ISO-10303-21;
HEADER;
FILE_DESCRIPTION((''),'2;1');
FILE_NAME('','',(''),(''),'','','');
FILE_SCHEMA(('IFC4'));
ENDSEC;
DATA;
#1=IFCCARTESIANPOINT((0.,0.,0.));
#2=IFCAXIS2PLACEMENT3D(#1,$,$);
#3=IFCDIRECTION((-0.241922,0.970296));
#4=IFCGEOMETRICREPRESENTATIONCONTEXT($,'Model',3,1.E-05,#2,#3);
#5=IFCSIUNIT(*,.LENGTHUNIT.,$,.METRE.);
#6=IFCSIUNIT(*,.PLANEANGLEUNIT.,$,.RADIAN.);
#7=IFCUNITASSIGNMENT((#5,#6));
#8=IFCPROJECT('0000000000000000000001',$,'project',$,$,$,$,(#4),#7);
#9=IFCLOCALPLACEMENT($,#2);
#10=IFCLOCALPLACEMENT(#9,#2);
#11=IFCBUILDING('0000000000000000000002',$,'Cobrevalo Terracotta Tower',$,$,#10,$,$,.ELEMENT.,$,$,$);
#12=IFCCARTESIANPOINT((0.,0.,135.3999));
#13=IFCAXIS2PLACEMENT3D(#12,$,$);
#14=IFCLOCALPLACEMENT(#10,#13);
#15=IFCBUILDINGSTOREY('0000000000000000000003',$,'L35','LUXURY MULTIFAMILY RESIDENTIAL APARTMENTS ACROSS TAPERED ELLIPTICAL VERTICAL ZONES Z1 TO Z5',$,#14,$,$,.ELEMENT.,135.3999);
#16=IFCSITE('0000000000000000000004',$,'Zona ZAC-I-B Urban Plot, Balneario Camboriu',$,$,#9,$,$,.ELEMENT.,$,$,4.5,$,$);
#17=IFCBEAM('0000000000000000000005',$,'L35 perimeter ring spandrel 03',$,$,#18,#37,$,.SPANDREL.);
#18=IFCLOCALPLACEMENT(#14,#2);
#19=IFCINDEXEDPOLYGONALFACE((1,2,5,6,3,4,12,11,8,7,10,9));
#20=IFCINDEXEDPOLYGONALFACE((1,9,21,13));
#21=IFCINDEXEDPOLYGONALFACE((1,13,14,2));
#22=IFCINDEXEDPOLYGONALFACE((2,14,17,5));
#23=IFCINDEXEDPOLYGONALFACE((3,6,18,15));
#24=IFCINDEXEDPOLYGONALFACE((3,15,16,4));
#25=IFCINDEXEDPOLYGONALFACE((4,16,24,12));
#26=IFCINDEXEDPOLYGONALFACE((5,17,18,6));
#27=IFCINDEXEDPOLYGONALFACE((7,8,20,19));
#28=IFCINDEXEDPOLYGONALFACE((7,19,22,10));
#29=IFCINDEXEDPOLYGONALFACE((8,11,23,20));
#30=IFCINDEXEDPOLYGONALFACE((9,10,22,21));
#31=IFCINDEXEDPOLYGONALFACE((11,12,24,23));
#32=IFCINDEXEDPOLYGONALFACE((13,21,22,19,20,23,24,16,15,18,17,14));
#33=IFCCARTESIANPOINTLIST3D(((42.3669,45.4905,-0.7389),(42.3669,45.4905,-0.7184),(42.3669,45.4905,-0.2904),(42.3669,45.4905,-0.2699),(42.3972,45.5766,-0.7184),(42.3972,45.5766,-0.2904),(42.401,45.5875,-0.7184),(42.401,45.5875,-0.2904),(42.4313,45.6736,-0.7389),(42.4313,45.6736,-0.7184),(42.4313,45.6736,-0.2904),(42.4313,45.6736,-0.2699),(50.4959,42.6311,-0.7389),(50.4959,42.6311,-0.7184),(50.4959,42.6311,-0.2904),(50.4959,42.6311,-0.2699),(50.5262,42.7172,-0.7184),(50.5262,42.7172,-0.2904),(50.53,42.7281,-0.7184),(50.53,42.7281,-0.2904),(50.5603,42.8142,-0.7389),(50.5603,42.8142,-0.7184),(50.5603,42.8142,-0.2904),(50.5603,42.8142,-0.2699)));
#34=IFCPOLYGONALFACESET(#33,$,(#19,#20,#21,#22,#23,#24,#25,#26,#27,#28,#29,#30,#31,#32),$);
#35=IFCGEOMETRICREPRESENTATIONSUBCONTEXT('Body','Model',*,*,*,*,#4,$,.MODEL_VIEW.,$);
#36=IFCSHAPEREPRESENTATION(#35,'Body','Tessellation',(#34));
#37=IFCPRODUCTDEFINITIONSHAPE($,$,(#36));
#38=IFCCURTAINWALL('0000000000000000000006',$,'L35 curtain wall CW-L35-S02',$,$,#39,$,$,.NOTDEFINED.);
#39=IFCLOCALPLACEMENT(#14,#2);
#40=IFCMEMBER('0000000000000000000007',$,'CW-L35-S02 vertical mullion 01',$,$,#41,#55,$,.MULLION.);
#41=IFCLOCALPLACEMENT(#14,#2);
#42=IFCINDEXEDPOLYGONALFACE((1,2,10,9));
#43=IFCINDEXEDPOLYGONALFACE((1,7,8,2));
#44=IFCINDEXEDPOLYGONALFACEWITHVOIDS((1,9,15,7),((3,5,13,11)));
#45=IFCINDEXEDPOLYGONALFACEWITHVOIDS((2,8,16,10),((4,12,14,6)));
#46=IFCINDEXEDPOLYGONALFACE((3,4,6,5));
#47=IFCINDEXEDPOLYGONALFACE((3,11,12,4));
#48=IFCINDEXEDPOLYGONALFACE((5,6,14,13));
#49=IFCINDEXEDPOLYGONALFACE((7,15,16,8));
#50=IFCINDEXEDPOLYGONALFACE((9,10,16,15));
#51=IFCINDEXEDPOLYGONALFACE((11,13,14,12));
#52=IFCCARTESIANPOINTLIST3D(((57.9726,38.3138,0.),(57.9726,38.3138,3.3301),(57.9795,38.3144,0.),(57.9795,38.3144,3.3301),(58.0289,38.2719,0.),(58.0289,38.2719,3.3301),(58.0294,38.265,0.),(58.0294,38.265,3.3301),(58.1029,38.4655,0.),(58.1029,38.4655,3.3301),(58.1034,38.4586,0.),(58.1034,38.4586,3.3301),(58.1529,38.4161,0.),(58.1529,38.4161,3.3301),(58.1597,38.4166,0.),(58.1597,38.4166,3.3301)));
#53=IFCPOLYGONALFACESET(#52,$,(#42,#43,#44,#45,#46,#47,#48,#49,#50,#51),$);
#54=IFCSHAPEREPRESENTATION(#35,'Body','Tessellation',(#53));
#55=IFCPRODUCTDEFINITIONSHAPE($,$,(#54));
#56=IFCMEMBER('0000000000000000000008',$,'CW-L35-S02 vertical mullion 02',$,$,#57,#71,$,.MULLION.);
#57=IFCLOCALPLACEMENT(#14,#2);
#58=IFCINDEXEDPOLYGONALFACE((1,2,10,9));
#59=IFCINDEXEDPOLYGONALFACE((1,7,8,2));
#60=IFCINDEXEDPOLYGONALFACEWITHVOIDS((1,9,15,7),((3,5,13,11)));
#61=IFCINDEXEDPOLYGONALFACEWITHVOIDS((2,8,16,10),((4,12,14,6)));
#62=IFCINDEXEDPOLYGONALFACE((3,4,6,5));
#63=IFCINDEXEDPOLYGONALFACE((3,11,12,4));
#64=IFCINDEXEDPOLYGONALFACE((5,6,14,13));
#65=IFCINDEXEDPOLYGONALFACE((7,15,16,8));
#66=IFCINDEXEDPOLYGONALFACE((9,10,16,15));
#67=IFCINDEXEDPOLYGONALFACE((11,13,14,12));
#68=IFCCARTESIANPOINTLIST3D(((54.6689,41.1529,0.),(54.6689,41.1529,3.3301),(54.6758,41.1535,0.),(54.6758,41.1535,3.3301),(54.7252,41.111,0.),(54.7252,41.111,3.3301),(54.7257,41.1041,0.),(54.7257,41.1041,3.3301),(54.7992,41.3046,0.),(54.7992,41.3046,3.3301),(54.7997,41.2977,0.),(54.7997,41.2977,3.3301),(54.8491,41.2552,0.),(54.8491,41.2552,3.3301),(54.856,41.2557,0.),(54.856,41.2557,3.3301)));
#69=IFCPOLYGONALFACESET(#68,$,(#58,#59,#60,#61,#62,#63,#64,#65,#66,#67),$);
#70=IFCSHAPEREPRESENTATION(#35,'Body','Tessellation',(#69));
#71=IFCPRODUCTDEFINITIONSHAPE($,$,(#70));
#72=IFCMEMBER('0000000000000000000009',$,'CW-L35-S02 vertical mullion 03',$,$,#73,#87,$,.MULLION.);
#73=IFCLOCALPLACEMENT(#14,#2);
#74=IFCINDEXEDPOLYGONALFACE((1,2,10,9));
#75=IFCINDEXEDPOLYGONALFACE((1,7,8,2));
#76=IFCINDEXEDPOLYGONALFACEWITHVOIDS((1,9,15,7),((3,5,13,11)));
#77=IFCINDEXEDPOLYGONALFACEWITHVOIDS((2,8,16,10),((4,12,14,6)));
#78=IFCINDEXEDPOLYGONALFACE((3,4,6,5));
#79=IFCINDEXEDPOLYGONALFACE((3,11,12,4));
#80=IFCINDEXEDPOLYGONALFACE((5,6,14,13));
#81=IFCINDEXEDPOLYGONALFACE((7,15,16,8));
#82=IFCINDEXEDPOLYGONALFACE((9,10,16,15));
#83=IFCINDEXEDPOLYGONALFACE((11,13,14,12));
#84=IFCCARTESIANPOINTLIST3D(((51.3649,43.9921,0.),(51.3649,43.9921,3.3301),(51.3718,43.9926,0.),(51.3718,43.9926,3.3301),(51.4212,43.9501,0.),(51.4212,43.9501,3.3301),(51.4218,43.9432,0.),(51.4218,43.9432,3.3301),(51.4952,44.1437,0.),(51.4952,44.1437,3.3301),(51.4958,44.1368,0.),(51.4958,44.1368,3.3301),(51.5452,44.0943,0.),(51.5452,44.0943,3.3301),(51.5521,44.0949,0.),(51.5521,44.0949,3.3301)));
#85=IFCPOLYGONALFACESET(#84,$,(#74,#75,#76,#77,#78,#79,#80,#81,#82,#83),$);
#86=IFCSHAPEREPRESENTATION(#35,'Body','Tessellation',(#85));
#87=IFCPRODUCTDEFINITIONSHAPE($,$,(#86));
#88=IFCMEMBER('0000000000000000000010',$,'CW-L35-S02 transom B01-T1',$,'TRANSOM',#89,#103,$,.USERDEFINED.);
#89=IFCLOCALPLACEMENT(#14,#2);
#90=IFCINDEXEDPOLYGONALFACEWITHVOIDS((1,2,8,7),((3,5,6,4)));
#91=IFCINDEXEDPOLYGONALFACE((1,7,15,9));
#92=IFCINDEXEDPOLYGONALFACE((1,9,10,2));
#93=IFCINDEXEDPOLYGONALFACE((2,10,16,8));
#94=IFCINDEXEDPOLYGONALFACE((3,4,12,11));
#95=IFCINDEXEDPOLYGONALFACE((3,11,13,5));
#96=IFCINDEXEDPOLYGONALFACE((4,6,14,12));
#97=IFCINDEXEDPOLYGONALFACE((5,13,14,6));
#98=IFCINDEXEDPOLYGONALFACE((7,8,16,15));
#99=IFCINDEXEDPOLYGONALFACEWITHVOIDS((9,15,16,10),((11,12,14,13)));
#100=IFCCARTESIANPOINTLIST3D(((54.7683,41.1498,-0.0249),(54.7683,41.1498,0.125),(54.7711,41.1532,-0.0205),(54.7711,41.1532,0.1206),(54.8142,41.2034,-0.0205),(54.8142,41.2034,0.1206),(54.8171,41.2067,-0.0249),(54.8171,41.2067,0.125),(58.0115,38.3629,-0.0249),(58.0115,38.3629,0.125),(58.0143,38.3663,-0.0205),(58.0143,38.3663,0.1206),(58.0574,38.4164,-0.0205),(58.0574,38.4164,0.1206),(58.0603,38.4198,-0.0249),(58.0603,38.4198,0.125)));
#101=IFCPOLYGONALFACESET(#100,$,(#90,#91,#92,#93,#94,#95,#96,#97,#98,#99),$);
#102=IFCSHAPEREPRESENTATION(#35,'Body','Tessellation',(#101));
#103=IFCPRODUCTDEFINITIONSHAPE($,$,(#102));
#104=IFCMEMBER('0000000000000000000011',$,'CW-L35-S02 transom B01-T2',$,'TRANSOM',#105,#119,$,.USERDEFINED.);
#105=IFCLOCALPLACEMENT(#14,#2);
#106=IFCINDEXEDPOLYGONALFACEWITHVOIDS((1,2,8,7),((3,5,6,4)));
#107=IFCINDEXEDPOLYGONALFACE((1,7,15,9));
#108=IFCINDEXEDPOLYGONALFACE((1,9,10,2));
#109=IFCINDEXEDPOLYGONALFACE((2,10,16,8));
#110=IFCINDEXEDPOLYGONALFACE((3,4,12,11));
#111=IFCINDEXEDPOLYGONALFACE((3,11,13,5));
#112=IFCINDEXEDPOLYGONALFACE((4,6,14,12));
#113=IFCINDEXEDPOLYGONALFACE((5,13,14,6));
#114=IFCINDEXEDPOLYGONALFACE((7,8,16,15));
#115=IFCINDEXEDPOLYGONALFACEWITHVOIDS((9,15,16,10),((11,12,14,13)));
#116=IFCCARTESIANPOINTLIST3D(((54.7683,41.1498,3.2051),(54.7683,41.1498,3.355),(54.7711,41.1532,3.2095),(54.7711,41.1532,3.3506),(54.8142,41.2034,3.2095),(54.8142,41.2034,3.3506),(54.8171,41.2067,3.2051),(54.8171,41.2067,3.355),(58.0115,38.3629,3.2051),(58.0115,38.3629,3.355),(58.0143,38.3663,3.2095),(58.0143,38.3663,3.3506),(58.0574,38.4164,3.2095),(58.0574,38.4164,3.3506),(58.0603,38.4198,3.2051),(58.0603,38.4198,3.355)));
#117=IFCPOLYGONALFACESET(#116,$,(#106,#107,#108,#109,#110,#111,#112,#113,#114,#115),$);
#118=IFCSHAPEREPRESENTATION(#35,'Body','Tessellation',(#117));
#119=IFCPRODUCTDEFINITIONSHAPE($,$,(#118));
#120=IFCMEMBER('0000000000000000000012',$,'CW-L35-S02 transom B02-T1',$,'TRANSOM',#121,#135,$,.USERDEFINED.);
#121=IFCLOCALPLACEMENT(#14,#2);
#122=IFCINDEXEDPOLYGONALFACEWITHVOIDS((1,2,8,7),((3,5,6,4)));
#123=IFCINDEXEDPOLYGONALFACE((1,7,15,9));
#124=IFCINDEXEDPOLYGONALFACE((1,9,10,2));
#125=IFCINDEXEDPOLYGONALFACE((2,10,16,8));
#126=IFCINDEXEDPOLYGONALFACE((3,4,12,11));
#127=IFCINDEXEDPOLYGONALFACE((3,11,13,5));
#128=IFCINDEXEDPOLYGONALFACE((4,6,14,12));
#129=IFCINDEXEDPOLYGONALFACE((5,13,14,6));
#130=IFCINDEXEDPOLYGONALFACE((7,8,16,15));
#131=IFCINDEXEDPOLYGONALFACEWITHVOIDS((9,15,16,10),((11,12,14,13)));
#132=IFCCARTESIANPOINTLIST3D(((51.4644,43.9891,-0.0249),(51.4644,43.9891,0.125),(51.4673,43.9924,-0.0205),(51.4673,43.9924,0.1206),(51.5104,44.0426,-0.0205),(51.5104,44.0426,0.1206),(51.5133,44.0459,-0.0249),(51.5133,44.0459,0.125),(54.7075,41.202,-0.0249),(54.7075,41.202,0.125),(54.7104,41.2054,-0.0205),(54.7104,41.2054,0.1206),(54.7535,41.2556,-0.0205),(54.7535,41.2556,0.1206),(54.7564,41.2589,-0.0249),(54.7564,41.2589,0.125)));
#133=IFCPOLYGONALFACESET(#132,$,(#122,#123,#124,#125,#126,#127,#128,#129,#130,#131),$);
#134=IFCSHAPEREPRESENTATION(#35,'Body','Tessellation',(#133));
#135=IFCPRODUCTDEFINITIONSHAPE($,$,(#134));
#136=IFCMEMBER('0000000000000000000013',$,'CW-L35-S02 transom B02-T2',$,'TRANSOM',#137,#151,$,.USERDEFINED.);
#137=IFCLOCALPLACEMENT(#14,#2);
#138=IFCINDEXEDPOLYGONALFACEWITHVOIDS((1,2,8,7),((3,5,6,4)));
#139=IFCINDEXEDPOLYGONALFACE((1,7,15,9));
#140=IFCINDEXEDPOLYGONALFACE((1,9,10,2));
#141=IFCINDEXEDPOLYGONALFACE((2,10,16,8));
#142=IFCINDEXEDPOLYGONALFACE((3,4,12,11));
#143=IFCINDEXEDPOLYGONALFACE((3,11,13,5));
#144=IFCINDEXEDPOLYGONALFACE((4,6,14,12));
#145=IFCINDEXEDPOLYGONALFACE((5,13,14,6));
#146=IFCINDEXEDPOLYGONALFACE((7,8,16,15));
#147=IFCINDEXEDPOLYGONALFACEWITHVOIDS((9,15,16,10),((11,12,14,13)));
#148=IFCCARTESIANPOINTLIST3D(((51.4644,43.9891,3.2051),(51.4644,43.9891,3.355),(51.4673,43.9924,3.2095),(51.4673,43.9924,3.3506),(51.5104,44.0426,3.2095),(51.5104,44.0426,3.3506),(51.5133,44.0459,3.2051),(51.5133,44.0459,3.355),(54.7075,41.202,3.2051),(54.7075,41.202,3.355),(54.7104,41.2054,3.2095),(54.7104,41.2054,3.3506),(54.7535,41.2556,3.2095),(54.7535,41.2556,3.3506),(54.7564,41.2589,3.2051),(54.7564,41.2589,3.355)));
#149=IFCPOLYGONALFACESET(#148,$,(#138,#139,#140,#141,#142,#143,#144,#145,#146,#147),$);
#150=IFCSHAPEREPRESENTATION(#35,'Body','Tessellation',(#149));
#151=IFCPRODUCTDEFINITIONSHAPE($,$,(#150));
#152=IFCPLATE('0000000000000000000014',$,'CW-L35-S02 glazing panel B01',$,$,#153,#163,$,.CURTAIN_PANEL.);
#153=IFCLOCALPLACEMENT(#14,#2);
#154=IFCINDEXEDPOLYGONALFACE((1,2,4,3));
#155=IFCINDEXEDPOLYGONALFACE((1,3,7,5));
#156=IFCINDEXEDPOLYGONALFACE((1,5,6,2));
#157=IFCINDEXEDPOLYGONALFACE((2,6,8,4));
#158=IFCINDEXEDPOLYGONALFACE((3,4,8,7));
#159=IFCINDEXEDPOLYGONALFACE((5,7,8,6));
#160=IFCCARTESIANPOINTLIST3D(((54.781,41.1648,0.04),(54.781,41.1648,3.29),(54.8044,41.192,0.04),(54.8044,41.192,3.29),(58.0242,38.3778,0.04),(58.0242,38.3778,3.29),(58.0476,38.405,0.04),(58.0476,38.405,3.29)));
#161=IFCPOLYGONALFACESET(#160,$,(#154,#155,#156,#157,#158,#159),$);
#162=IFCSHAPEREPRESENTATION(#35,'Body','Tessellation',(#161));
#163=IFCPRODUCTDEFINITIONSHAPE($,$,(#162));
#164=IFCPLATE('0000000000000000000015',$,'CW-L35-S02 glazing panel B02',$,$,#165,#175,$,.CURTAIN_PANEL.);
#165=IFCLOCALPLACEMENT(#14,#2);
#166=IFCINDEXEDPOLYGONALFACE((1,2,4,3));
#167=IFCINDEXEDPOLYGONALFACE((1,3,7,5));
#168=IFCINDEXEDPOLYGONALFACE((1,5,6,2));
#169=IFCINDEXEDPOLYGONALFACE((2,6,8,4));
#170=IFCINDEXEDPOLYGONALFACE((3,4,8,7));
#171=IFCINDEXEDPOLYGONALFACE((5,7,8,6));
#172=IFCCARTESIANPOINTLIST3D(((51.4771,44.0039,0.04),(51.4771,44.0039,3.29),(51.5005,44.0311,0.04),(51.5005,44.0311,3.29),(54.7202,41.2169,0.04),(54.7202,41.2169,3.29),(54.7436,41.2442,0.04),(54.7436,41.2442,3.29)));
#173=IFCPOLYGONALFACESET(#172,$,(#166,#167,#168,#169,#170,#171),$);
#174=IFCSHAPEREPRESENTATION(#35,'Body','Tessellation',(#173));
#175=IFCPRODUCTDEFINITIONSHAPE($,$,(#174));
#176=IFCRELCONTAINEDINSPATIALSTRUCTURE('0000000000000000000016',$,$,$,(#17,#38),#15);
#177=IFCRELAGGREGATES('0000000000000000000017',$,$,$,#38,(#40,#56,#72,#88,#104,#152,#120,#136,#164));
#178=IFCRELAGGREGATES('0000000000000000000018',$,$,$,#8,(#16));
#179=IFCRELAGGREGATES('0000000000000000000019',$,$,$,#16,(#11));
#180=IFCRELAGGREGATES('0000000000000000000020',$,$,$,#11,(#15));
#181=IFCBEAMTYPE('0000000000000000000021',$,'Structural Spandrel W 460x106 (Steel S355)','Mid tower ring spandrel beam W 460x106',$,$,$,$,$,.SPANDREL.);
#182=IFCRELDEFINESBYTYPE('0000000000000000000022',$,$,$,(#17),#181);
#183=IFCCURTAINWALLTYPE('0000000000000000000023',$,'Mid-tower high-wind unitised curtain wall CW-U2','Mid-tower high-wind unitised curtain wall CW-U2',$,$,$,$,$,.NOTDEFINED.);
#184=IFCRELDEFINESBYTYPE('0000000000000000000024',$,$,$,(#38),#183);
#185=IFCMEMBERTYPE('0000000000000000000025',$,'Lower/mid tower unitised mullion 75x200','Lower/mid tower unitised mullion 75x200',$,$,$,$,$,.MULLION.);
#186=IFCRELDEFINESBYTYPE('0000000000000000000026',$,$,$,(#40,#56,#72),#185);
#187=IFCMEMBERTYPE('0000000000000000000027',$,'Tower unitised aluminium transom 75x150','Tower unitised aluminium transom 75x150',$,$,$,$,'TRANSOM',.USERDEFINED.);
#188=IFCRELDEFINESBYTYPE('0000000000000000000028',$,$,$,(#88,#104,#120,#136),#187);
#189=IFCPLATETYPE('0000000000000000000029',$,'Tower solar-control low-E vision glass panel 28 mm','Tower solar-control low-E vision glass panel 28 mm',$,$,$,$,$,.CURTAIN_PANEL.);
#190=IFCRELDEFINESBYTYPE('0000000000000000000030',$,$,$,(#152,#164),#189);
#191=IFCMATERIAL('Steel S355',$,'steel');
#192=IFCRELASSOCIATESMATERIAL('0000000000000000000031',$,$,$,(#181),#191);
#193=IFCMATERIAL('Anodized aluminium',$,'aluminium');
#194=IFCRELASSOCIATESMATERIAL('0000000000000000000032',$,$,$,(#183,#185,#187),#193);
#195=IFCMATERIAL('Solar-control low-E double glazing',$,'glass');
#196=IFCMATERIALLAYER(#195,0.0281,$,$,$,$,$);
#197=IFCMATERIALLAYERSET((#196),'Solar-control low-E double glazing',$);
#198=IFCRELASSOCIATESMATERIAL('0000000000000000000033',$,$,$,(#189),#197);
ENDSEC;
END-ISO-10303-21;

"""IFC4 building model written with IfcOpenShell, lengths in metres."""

from ifc_helpers import new_model, si_unit, direction, frame, origin, origin_2d, place, context, subcontext, project, spatial, rectangle, hollow_rectangle, i_section, extrude, source, transform, mapped, material, layer, layer_set, material_profile, profile_set, type_object, element, aggregate, save


model = new_model("IFC4")

# Units and contexts
model_context = context("Model", 3, precision=1e-05, world=origin(), true_north=direction((-0.241922, 0.970296)))
body_context = subcontext(model_context, "Body", "Model", "MODEL_VIEW")
ifc_project = project(units=[si_unit("LENGTHUNIT", "METRE"), si_unit("PLANEANGLEUNIT", "RADIAN")], contexts=[model_context])

# Site, building, storey
site_placement = place(None, origin())
site = spatial("IfcSite", under=ifc_project, at=site_placement, Name="Zona ZAC-I-B Urban Plot, Balneario Camboriu", CompositionType="ELEMENT", RefElevation=4.5)
building_placement = place(site_placement, origin())
building = spatial("IfcBuilding", under=site, at=building_placement, Name="Cobrevalo Terracotta Tower", CompositionType="ELEMENT")
storey_placement = place(building_placement, frame((0.0, 0.0, 135.3999)))
storey = spatial("IfcBuildingStorey", under=building, at=storey_placement, Name="L35", Description="LUXURY MULTIFAMILY RESIDENTIAL APARTMENTS ACROSS TAPERED ELLIPTICAL VERTICAL ZONES Z1 TO Z5", CompositionType="ELEMENT", Elevation=135.3999)

# Shared definitions
ifc_material_1 = material(Name="Steel S355", Category="steel")

# Beam
ifc_material_profile_1 = material_profile(ifc_material_1, i_section(OverallWidth=0.1941, OverallDepth=0.469, WebThickness=0.0115, FlangeThickness=0.0205, at=origin_2d()), Name="W 460x106")
ifc_profile_set_1 = profile_set([ifc_material_profile_1], Name="Steel S355")
beam_type_1 = type_object("IfcBeamType", Name="Structural Spandrel W 460x106 (Steel S355)", Description="Mid tower ring spandrel beam W 460x106", PredefinedType="SPANDREL", material=ifc_profile_set_1)
beam_1_placement = place(storey_placement, frame((50.5281, 42.7227, -0.5044), z_axis=(-0.943341, 0.331824, 0.0), x_axis=(-0.331824, -0.943341, 0.0)))
element("IfcBeam", 1, at=beam_1_placement, inside=storey, type_object=beam_type_1, Name="L35 perimeter ring spandrel 03", PredefinedType="SPANDREL", context=body_context, shape_type="SweptSolid", body=[
    extrude(i_section(OverallWidth=0.1941, OverallDepth=0.469, WebThickness=0.0115, FlangeThickness=0.0205, at=origin_2d()), origin(), (0.0, 0.0, 1.0), 8.6172),
])

# Curtain wall, members, plates
ifc_material_2 = material(Name="Anodized aluminium", Category="aluminium")
curtain_wall_type = type_object("IfcCurtainWallType", Name="Mid-tower high-wind unitised curtain wall CW-U2", Description="Mid-tower high-wind unitised curtain wall CW-U2", PredefinedType="NOTDEFINED", material=ifc_material_2)
curtain_wall_placement = place(storey_placement, origin())
curtain_wall = element("IfcCurtainWall", 2, at=curtain_wall_placement, inside=storey, type_object=curtain_wall_type, Name="L35 curtain wall CW-L35-S02", PredefinedType="NOTDEFINED")
ifc_material_profile_2 = material_profile(ifc_material_2, hollow_rectangle(XDim=0.075, YDim=0.2, WallThickness=0.0049, at=origin_2d()), Name="CWM 75x200")
ifc_profile_set_2 = profile_set([ifc_material_profile_2], Name="Anodized aluminium")
member_type_1 = type_object("IfcMemberType", Name="Lower/mid tower unitised mullion 75x200", Description="Lower/mid tower unitised mullion 75x200", PredefinedType="MULLION", material=ifc_profile_set_2)
shared_shape_1 = source(origin(), body_context, "Body", "SweptSolid", [
    extrude(hollow_rectangle(XDim=0.075, YDim=0.2, WallThickness=0.0049, at=origin_2d()), origin(), (0.0, 0.0, 1.0), 3.3301),
])
member_1_placement = place(storey_placement, frame((58.0662, 38.3652, 0.0), z_axis=(0.0, 0.0, 1.0), x_axis=(-0.758442, 0.651741, 0.0)))
member_1 = element("IfcMember", 3, at=member_1_placement, type_object=member_type_1, Name="CW-L35-S02 vertical mullion 01", PredefinedType="MULLION", context=body_context, shape_type="MappedRepresentation", body=[
    mapped(shared_shape_1, transform((0.0, 0.0, 0.0), scale=1.0)),
])
member_2_placement = place(storey_placement, frame((54.7625, 41.2043, 0.0), z_axis=(0.0, 0.0, 1.0), x_axis=(-0.758442, 0.651741, 0.0)))
member_2 = element("IfcMember", 4, at=member_2_placement, type_object=member_type_1, Name="CW-L35-S02 vertical mullion 02", PredefinedType="MULLION", context=body_context, shape_type="MappedRepresentation", body=[
    mapped(shared_shape_1, transform((0.0, 0.0, 0.0), scale=1.0)),
])
member_3_placement = place(storey_placement, frame((51.4585, 44.0435, 0.0), z_axis=(0.0, 0.0, 1.0), x_axis=(-0.758442, 0.651741, 0.0)))
member_3 = element("IfcMember", 5, at=member_3_placement, type_object=member_type_1, Name="CW-L35-S02 vertical mullion 03", PredefinedType="MULLION", context=body_context, shape_type="MappedRepresentation", body=[
    mapped(shared_shape_1, transform((0.0, 0.0, 0.0), scale=1.0)),
])
ifc_material_profile_3 = material_profile(ifc_material_2, hollow_rectangle(XDim=0.075, YDim=0.1499, WallThickness=0.0044, at=origin_2d()), Name="CWT 75x150")
ifc_profile_set_3 = profile_set([ifc_material_profile_3], Name="Anodized aluminium")
member_type_2 = type_object("IfcMemberType", Name="Tower unitised aluminium transom 75x150", Description="Tower unitised aluminium transom 75x150", ElementType="TRANSOM", PredefinedType="USERDEFINED", material=ifc_profile_set_3)
shared_shape_2 = source(origin(), body_context, "Body", "SweptSolid", [
    extrude(hollow_rectangle(XDim=0.075, YDim=0.1499, WallThickness=0.0044, at=origin_2d()), origin(), (0.0, 0.0, 1.0), 4.2761),
])
member_4_placement = place(storey_placement, frame((58.0359, 38.3914, 0.05), z_axis=(-0.758446, 0.651736, 0.0), x_axis=(-0.651736, -0.758446, 0.0)))
member_4 = element("IfcMember", 6, at=member_4_placement, type_object=member_type_2, Name="CW-L35-S02 transom B01-T1", ObjectType="TRANSOM", PredefinedType="USERDEFINED", context=body_context, shape_type="MappedRepresentation", body=[
    mapped(shared_shape_2, transform((0.0, 0.0, 0.0), scale=1.0)),
])
member_5_placement = place(storey_placement, frame((58.0359, 38.3914, 3.28), z_axis=(-0.758446, 0.651736, 0.0), x_axis=(-0.651736, -0.758446, 0.0)))
member_5 = element("IfcMember", 7, at=member_5_placement, type_object=member_type_2, Name="CW-L35-S02 transom B01-T2", ObjectType="TRANSOM", PredefinedType="USERDEFINED", context=body_context, shape_type="MappedRepresentation", body=[
    mapped(shared_shape_2, transform((0.0, 0.0, 0.0), scale=1.0)),
])
member_6_placement = place(storey_placement, frame((54.7319, 41.2305, 0.05), z_axis=(-0.758418, 0.651769, 0.0), x_axis=(-0.651769, -0.758418, 0.0)))
member_6 = element("IfcMember", 8, at=member_6_placement, type_object=member_type_2, Name="CW-L35-S02 transom B02-T1", ObjectType="TRANSOM", PredefinedType="USERDEFINED", context=body_context, shape_type="MappedRepresentation", body=[
    mapped(shared_shape_2, transform((0.0, 0.0, 0.0), scale=1.0)),
])
member_7_placement = place(storey_placement, frame((54.7319, 41.2305, 3.28), z_axis=(-0.758418, 0.651769, 0.0), x_axis=(-0.651769, -0.758418, 0.0)))
member_7 = element("IfcMember", 9, at=member_7_placement, type_object=member_type_2, Name="CW-L35-S02 transom B02-T2", ObjectType="TRANSOM", PredefinedType="USERDEFINED", context=body_context, shape_type="MappedRepresentation", body=[
    mapped(shared_shape_2, transform((0.0, 0.0, 0.0), scale=1.0)),
])
ifc_material_3 = material(Name="Solar-control low-E double glazing", Category="glass")
ifc_layer_1 = layer(ifc_material_3, 0.0281)
ifc_layer_set_1 = layer_set([ifc_layer_1], Name="Solar-control low-E double glazing")
plate_type = type_object("IfcPlateType", Name="Tower solar-control low-E vision glass panel 28 mm", Description="Tower solar-control low-E vision glass panel 28 mm", PredefinedType="CURTAIN_PANEL", material=ifc_layer_set_1)
shared_shape_3 = source(origin(), body_context, "Body", "SweptSolid", [
    extrude(rectangle(XDim=4.2761, YDim=0.0359, at=origin_2d()), origin(), (0.0, 0.0, 1.0), 3.25),
])
plate_1_placement = place(storey_placement, frame((56.4143, 39.7849, 0.04), z_axis=(0.0, 0.0, 1.0), x_axis=(-0.758437, 0.651746, 0.0)))
plate_1 = element("IfcPlate", 10, at=plate_1_placement, type_object=plate_type, Name="CW-L35-S02 glazing panel B01", PredefinedType="CURTAIN_PANEL", context=body_context, shape_type="MappedRepresentation", body=[
    mapped(shared_shape_3, transform((0.0, 0.0, 0.0), scale=1.0)),
])
plate_2_placement = place(storey_placement, frame((53.1104, 42.624, 0.04), z_axis=(0.0, 0.0, 1.0), x_axis=(-0.758437, 0.651746, 0.0)))
plate_2 = element("IfcPlate", 11, at=plate_2_placement, type_object=plate_type, Name="CW-L35-S02 glazing panel B02", PredefinedType="CURTAIN_PANEL", context=body_context, shape_type="MappedRepresentation", body=[
    mapped(shared_shape_3, transform((0.0, 0.0, 0.0), scale=1.0)),
])
aggregate(curtain_wall, [member_1, member_2, member_3, member_4, member_5, plate_1, member_6, member_7, plate_2])

save(model, "model.ifc")
